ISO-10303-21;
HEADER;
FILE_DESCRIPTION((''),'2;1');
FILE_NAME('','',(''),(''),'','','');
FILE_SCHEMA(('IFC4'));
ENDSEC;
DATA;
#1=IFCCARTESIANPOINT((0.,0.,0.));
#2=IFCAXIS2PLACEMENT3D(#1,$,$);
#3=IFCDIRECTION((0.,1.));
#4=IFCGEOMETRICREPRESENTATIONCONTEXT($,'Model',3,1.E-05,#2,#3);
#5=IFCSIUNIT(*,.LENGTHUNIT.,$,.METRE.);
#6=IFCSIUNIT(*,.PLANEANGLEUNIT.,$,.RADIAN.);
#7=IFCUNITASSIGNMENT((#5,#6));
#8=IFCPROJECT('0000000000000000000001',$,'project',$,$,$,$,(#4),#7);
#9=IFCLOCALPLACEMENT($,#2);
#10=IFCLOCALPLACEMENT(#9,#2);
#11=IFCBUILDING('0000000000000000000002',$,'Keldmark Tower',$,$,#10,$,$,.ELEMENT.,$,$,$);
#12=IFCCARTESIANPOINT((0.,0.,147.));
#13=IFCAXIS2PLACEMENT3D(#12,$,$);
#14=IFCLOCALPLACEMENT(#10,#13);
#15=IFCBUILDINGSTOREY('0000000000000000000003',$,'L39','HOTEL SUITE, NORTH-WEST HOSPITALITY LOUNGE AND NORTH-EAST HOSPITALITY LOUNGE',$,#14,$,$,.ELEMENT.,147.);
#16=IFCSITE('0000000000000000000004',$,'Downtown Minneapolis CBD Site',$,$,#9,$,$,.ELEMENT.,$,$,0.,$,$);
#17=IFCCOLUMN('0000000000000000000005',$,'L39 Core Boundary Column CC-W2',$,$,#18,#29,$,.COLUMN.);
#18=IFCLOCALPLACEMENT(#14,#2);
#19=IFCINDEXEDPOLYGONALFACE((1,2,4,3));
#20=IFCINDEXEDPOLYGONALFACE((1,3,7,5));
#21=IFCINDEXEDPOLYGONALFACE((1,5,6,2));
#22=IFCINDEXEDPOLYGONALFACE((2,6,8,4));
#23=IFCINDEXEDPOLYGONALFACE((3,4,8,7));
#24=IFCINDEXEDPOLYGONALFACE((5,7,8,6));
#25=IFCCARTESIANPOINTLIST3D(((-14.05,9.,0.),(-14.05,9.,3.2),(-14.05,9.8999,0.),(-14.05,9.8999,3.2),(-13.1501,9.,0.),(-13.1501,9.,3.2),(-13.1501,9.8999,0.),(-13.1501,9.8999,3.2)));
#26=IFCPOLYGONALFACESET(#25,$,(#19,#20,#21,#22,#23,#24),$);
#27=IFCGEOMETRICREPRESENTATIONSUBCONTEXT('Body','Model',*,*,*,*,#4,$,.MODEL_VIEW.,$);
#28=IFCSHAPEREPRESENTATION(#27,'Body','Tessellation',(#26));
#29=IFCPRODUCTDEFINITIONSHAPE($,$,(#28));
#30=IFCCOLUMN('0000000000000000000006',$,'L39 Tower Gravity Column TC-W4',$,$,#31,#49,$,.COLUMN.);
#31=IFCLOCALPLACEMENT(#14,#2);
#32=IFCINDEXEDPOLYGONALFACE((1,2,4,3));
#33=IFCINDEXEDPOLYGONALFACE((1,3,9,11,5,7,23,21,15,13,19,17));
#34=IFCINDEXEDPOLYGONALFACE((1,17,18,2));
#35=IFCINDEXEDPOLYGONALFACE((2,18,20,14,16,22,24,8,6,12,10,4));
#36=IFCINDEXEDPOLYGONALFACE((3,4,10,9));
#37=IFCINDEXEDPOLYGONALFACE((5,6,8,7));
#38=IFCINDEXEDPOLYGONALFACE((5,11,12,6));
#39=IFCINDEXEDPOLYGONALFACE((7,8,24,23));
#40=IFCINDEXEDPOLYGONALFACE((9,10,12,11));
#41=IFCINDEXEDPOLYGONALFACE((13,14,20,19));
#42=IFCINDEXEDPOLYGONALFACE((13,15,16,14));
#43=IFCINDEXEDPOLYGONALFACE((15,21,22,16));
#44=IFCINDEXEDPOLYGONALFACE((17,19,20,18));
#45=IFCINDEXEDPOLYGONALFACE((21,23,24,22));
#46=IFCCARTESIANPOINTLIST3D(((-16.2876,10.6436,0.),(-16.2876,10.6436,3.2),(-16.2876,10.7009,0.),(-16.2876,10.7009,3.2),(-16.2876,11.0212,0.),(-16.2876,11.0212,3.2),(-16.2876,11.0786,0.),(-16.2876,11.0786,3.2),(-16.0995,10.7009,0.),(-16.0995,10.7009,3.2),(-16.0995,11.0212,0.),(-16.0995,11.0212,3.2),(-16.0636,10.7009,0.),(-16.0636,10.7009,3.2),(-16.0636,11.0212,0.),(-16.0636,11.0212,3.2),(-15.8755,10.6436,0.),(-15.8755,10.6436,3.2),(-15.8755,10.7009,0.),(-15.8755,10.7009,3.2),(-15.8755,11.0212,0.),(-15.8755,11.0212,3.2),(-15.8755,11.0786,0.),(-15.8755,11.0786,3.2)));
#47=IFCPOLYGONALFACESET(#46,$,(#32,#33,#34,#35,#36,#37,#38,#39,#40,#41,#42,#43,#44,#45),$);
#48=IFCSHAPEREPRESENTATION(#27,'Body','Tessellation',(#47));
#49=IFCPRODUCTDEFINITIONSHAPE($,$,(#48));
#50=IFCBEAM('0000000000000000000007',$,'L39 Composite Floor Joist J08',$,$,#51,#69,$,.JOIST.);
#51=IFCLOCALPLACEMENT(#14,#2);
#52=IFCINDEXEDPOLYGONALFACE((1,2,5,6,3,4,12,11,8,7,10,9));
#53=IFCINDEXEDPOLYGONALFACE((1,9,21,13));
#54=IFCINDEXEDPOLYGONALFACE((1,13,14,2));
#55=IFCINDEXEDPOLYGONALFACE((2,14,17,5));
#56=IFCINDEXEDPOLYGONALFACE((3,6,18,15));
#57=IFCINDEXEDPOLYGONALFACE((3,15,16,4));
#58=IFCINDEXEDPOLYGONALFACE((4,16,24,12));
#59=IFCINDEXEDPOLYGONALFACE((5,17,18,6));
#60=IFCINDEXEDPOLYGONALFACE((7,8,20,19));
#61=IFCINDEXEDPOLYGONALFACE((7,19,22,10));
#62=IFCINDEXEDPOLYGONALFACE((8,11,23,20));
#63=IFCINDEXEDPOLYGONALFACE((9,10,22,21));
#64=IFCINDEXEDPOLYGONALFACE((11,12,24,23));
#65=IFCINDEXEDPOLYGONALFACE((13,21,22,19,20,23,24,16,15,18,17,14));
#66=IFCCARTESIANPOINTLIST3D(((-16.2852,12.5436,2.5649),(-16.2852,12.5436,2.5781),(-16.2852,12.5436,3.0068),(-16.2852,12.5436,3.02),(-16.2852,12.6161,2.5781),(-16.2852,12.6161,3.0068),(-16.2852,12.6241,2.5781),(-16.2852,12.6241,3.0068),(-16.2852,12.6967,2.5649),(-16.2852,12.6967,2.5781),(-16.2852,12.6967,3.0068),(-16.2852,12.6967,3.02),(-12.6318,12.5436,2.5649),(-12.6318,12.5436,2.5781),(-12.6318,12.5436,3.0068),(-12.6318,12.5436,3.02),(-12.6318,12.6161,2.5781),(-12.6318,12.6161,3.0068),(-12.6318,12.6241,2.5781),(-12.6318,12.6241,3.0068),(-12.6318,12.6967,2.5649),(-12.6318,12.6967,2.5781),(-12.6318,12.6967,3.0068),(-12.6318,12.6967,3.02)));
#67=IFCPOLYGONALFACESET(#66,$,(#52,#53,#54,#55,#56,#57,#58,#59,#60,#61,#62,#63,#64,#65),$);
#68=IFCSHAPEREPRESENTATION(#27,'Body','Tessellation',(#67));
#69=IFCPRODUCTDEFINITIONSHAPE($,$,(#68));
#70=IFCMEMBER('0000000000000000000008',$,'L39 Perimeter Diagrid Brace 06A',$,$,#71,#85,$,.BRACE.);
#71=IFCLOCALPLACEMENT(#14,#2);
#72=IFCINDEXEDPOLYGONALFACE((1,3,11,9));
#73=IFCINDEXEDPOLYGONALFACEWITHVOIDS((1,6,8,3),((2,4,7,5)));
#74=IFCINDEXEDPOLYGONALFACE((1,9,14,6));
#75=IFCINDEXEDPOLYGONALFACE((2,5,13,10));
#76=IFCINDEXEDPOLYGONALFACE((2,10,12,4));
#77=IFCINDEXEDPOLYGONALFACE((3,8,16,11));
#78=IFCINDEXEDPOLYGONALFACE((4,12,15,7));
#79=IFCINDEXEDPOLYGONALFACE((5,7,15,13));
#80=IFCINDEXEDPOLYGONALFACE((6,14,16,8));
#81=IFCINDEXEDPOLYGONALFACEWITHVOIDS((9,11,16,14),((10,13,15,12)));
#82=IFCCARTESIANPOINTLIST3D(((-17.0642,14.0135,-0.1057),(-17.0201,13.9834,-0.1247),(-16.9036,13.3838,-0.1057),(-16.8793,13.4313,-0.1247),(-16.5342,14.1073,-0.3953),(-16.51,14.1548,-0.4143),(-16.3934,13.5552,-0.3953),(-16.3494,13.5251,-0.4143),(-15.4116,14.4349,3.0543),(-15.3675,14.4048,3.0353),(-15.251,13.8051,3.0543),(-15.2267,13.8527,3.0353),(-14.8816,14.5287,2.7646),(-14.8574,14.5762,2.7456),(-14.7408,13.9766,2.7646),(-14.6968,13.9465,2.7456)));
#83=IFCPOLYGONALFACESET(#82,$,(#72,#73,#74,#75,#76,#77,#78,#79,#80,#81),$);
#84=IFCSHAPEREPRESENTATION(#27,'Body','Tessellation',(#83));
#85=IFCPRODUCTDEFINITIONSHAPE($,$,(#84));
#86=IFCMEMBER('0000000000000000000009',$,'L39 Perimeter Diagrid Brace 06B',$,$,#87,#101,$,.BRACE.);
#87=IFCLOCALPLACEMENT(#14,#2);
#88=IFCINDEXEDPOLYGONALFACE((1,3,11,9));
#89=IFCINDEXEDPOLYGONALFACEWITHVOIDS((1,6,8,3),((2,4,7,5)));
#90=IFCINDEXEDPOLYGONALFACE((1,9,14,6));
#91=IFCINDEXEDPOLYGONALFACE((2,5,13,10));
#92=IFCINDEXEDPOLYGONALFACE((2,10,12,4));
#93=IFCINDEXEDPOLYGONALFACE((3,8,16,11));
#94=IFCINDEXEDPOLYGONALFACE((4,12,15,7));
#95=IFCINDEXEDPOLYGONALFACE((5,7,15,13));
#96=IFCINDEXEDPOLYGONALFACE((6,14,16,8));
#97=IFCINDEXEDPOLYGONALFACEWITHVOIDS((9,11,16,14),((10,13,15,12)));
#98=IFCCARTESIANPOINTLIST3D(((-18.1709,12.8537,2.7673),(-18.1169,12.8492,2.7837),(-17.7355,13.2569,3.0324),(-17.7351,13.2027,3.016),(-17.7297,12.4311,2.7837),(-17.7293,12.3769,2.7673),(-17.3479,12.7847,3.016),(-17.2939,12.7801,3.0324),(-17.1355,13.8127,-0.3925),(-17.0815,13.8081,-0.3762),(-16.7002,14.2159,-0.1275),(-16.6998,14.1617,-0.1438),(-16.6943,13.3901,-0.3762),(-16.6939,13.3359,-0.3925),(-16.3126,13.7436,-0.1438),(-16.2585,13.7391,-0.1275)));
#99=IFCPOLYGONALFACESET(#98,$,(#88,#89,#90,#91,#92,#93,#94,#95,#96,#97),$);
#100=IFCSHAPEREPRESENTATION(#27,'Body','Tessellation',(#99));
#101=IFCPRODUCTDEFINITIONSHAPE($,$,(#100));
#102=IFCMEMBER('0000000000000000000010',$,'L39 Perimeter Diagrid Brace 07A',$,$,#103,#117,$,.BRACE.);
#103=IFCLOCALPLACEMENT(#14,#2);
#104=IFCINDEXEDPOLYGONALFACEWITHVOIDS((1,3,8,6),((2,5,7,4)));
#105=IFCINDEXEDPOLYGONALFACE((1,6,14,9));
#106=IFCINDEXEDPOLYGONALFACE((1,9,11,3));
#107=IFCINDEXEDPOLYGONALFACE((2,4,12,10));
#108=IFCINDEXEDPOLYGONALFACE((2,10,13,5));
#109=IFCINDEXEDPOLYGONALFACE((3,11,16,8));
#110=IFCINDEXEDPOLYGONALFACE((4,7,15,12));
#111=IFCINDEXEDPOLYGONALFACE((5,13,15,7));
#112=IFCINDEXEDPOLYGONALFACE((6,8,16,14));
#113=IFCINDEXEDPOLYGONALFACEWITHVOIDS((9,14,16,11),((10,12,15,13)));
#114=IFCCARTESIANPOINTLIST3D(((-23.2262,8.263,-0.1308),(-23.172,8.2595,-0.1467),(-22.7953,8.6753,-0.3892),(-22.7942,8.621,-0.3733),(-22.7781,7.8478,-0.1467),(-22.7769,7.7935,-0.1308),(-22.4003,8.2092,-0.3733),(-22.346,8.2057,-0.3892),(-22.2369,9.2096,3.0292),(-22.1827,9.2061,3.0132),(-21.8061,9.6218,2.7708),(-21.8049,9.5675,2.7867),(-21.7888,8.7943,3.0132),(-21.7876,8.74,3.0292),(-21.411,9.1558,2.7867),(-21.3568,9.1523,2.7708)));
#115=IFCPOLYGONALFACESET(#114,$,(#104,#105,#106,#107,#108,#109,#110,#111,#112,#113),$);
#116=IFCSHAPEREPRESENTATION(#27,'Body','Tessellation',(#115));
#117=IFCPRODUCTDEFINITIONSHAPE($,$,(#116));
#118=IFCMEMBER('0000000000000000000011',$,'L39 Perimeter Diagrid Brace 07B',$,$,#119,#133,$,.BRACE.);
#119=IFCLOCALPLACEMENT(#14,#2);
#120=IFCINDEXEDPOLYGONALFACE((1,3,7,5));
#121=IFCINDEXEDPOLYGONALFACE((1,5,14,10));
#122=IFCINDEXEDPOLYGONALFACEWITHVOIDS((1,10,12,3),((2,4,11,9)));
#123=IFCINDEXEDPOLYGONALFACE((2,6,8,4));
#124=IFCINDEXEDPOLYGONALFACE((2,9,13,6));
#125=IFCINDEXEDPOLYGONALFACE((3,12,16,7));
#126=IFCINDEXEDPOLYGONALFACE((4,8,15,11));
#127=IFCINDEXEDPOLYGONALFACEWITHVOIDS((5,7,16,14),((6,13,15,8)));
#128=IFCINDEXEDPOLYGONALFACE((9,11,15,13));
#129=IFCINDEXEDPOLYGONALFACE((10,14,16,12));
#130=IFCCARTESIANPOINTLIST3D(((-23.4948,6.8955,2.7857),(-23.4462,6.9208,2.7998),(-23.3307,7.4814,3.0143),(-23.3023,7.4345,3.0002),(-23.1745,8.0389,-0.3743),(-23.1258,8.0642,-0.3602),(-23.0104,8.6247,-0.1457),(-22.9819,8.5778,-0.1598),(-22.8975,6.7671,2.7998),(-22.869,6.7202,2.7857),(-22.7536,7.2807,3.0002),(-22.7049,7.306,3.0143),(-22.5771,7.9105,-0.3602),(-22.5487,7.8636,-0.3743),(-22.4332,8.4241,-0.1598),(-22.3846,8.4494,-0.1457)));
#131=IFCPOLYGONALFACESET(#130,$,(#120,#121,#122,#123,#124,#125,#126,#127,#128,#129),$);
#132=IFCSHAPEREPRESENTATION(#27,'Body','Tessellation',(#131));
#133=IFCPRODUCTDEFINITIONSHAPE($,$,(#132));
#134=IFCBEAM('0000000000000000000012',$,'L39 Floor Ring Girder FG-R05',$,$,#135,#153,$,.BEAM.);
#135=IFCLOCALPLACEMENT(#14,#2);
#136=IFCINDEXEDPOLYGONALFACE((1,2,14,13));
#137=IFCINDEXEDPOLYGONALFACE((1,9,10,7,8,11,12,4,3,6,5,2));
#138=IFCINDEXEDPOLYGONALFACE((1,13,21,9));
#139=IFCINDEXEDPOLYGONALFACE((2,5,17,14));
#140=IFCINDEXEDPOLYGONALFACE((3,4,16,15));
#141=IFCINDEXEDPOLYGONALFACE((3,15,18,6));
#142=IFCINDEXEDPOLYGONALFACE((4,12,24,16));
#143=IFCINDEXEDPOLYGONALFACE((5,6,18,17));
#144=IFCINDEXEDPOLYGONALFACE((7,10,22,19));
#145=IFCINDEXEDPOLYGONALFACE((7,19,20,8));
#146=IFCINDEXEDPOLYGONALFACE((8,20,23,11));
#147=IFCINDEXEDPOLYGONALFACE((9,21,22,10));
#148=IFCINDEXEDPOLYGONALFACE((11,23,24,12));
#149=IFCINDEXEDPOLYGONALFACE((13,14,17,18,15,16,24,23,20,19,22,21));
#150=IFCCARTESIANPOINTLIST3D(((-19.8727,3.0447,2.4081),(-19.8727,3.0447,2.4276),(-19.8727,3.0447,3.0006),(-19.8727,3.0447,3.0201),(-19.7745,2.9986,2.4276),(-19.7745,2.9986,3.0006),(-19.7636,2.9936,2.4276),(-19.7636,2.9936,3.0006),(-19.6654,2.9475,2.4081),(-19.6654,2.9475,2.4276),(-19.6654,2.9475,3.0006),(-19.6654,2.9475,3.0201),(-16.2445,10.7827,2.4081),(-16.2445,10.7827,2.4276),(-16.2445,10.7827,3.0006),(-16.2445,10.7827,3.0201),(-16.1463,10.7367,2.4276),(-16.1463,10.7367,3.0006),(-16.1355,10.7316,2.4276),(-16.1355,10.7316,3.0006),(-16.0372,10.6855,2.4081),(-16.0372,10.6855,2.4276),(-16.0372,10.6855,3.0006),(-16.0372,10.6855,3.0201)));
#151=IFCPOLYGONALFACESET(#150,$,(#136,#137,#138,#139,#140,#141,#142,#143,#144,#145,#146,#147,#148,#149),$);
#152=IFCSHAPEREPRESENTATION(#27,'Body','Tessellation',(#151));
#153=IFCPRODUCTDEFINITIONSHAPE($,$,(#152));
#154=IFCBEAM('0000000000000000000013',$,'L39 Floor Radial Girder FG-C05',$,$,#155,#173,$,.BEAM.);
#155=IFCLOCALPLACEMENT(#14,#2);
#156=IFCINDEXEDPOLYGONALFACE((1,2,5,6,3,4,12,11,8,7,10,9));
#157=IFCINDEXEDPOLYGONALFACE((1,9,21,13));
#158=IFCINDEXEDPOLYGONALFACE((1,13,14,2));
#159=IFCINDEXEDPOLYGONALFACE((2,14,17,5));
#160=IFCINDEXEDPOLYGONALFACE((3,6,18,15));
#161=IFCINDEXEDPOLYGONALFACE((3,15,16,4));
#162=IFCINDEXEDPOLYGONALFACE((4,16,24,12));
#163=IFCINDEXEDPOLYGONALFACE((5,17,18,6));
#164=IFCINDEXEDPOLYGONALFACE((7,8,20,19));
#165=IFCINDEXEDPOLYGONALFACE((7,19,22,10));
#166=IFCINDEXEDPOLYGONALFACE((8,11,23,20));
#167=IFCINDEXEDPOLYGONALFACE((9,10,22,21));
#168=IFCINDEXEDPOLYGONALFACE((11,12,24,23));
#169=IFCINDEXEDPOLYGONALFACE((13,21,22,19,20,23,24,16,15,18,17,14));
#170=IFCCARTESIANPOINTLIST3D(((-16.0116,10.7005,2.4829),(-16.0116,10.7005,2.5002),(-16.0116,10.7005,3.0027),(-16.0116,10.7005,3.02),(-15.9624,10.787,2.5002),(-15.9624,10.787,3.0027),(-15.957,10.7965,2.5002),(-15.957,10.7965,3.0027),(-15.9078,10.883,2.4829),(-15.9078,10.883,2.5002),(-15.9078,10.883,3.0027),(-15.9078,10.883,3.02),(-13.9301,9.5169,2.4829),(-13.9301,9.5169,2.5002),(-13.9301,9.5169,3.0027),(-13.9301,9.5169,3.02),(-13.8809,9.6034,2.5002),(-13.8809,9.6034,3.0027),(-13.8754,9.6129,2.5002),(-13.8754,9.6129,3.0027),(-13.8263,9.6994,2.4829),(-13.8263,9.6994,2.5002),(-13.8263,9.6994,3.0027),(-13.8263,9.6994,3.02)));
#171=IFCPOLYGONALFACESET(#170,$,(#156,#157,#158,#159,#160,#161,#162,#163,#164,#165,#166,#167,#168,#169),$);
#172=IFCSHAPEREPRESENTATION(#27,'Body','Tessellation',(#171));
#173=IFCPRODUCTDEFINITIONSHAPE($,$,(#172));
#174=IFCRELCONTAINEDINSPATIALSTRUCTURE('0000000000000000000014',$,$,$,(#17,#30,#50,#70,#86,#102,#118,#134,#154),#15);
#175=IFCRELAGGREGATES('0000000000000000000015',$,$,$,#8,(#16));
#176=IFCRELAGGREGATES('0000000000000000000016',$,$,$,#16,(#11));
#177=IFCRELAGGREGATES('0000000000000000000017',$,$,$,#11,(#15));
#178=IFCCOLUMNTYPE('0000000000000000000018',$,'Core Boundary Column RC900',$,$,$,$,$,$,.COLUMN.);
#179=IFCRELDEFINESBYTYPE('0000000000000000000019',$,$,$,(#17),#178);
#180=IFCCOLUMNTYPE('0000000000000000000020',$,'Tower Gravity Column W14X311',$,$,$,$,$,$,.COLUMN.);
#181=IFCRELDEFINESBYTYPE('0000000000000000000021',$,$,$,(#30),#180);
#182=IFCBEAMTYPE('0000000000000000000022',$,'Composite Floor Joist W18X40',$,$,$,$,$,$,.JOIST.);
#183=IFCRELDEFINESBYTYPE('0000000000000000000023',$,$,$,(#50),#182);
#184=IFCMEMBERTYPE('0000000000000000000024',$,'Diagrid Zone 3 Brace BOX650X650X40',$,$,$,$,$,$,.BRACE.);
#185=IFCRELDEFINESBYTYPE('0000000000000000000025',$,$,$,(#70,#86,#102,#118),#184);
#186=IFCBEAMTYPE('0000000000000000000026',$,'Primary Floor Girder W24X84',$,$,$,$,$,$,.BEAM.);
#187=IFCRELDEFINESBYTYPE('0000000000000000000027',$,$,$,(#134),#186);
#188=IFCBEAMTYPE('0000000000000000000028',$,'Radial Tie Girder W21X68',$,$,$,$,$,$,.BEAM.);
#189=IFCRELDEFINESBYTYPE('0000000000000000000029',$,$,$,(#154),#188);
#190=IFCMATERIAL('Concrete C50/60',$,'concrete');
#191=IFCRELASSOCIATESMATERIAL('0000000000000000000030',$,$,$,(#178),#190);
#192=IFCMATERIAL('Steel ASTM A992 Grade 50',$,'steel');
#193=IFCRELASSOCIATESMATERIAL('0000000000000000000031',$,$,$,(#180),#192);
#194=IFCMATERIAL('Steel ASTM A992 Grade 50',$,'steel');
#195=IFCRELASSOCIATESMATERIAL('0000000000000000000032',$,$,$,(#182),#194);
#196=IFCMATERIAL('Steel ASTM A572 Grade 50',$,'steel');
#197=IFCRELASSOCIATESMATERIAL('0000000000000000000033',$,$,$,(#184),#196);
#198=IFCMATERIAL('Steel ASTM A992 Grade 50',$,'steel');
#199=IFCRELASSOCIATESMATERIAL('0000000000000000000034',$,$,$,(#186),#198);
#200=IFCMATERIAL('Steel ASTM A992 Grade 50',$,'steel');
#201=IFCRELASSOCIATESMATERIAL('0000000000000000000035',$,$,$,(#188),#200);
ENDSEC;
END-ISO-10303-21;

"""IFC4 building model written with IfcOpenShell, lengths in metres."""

from ifc_helpers import new_model, si_unit, direction, frame, origin, origin_2d, place, context, subcontext, project, spatial, rectangle, hollow_rectangle, i_section, extrude, material, material_profile, profile_set, type_object, element, save


model = new_model("IFC4")

# Units and contexts
model_context = context("Model", 3, precision=1e-05, world=origin(), true_north=direction((0.0, 1.0)))
body_context = subcontext(model_context, "Body", "Model", "MODEL_VIEW")
ifc_project = project(units=[si_unit("LENGTHUNIT", "METRE"), si_unit("PLANEANGLEUNIT", "RADIAN")], contexts=[model_context])

# Site, building, storey
site_placement = place(None, origin())
site = spatial("IfcSite", under=ifc_project, at=site_placement, Name="Downtown Minneapolis CBD Site", CompositionType="ELEMENT", RefElevation=0.0)
building_placement = place(site_placement, origin())
building = spatial("IfcBuilding", under=site, at=building_placement, Name="Keldmark Tower", CompositionType="ELEMENT")
storey_placement = place(building_placement, frame((0.0, 0.0, 147.0)))
storey = spatial("IfcBuildingStorey", under=building, at=storey_placement, Name="L39", Description="HOTEL SUITE, NORTH-WEST HOSPITALITY LOUNGE AND NORTH-EAST HOSPITALITY LOUNGE", CompositionType="ELEMENT", Elevation=147.0)

# Columns
ifc_material_1 = material(Name="Concrete C50/60", Category="concrete")
ifc_material_profile_1 = material_profile(ifc_material_1, rectangle(XDim=0.8999, YDim=0.8999, at=origin_2d()), Name="RC900X900")
ifc_profile_set_1 = profile_set([ifc_material_profile_1], Name="Concrete C50/60")
column_type_1 = type_object("IfcColumnType", Name="Core Boundary Column RC900", PredefinedType="COLUMN", material=ifc_profile_set_1)
column_1_placement = place(storey_placement, frame((-13.6001, 9.45, 0.0), z_axis=(0.0, 0.0, 1.0), x_axis=(1.0, 0.0, 0.0)))
element("IfcColumn", 1, at=column_1_placement, inside=storey, type_object=column_type_1, Name="L39 Core Boundary Column CC-W2", PredefinedType="COLUMN", context=body_context, shape_type="SweptSolid", body=[
    extrude(rectangle(XDim=0.8999, YDim=0.8999, at=origin_2d()), origin(), (0.0, 0.0, 1.0), 3.2),
])
ifc_material_2 = material(Name="Steel ASTM A992 Grade 50", Category="steel")
ifc_material_profile_2 = material_profile(ifc_material_2, i_section(OverallWidth=0.4121, OverallDepth=0.4351, WebThickness=0.0359, FlangeThickness=0.0574, at=origin_2d()), Name="W14X311")
ifc_profile_set_2 = profile_set([ifc_material_profile_2], Name="Steel ASTM A992 Grade 50")
column_type_2 = type_object("IfcColumnType", Name="Tower Gravity Column W14X311", PredefinedType="COLUMN", material=ifc_profile_set_2)
column_2_placement = place(storey_placement, frame((-16.0815, 10.8611, 0.0), z_axis=(0.0, 0.0, 1.0), x_axis=(1.0, 0.0, 0.0)))
element("IfcColumn", 2, at=column_2_placement, inside=storey, type_object=column_type_2, Name="L39 Tower Gravity Column TC-W4", PredefinedType="COLUMN", context=body_context, shape_type="SweptSolid", body=[
    extrude(i_section(OverallWidth=0.4121, OverallDepth=0.4351, WebThickness=0.0359, FlangeThickness=0.0574, at=origin_2d()), origin(), (0.0, 0.0, 1.0), 3.2),
])

# Beam
ifc_material_3 = material(Name="Steel ASTM A992 Grade 50", Category="steel")
ifc_material_profile_3 = material_profile(ifc_material_3, i_section(OverallWidth=0.1531, OverallDepth=0.4551, WebThickness=0.0081, FlangeThickness=0.0132, at=origin_2d()), Name="W18X40")
ifc_profile_set_3 = profile_set([ifc_material_profile_3], Name="Steel ASTM A992 Grade 50")
beam_type_1 = type_object("IfcBeamType", Name="Composite Floor Joist W18X40", PredefinedType="JOIST", material=ifc_profile_set_3)
beam_1_placement = place(storey_placement, frame((-16.2852, 12.6201, 2.7925), z_axis=(1.0, 0.0, 0.0), x_axis=(0.0, 1.0, 0.0)))
element("IfcBeam", 3, at=beam_1_placement, inside=storey, type_object=beam_type_1, Name="L39 Composite Floor Joist J08", PredefinedType="JOIST", context=body_context, shape_type="SweptSolid", body=[
    extrude(i_section(OverallWidth=0.1531, OverallDepth=0.4551, WebThickness=0.0081, FlangeThickness=0.0132, at=origin_2d()), origin(), (0.0, 0.0, 1.0), 3.6533),
])

# Members
ifc_material_4 = material(Name="Steel ASTM A572 Grade 50", Category="steel")
ifc_material_profile_4 = material_profile(ifc_material_4, hollow_rectangle(XDim=0.6499, YDim=0.6499, WallThickness=0.04, at=origin_2d()), Name="BOX650X650X40")
ifc_profile_set_4 = profile_set([ifc_material_profile_4], Name="Steel ASTM A572 Grade 50")
member_type = type_object("IfcMemberType", Name="Diagrid Zone 3 Brace BOX650X650X40", PredefinedType="BRACE", material=ifc_profile_set_4)
member_1_placement = place(storey_placement, frame((-16.7068, 13.7693, -0.26), z_axis=(0.460232, 0.117353, 0.880009), x_axis=(-0.24708, 0.968995, 0.0)))
element("IfcMember", 4, at=member_1_placement, inside=storey, type_object=member_type, Name="L39 Perimeter Diagrid Brace 06A", PredefinedType="BRACE", context=body_context, shape_type="SweptSolid", body=[
    extrude(hollow_rectangle(XDim=0.6499, YDim=0.6499, WallThickness=0.04, at=origin_2d()), origin(), (0.0, 0.0, 1.0), 3.5908),
])
member_2_placement = place(storey_placement, frame((-16.697, 13.7759, -0.26), z_axis=(-0.299184, -0.277104, 0.913073), x_axis=(0.679515, -0.733662, 0.0)))
element("IfcMember", 5, at=member_2_placement, inside=storey, type_object=member_type, Name="L39 Perimeter Diagrid Brace 06B", PredefinedType="BRACE", context=body_context, shape_type="SweptSolid", body=[
    extrude(hollow_rectangle(XDim=0.6499, YDim=0.6499, WallThickness=0.04, at=origin_2d()), origin(), (0.0, 0.0, 1.0), 3.4607),
])
member_3_placement = place(storey_placement, frame((-22.7861, 8.2344, -0.26), z_axis=(0.28726, 0.274853, 0.917572), x_axis=(-0.691332, 0.722537, 0.0)))
element("IfcMember", 6, at=member_3_placement, inside=storey, type_object=member_type, Name="L39 Perimeter Diagrid Brace 07A", PredefinedType="BRACE", context=body_context, shape_type="SweptSolid", body=[
    extrude(hollow_rectangle(XDim=0.6499, YDim=0.6499, WallThickness=0.04, at=origin_2d()), origin(), (0.0, 0.0, 1.0), 3.4438),
])
member_4_placement = place(storey_placement, frame((-22.7795, 8.2441, -0.26), z_axis=(-0.09489, -0.338697, 0.936099), x_axis=(0.962923, -0.269775, 0.0)))
element("IfcMember", 7, at=member_4_placement, inside=storey, type_object=member_type, Name="L39 Perimeter Diagrid Brace 07B", PredefinedType="BRACE", context=body_context, shape_type="SweptSolid", body=[
    extrude(hollow_rectangle(XDim=0.6499, YDim=0.6499, WallThickness=0.04, at=origin_2d()), origin(), (0.0, 0.0, 1.0), 3.3757),
])

# Beams
ifc_material_5 = material(Name="Steel ASTM A992 Grade 50", Category="steel")
ifc_material_profile_5 = material_profile(ifc_material_5, i_section(OverallWidth=0.229, OverallDepth=0.6121, WebThickness=0.012, FlangeThickness=0.0195, at=origin_2d()), Name="W24X84")
ifc_profile_set_5 = profile_set([ifc_material_profile_5], Name="Steel ASTM A992 Grade 50")
beam_type_2 = type_object("IfcBeamType", Name="Primary Floor Girder W24X84", PredefinedType="BEAM", material=ifc_profile_set_5)
beam_2_placement = place(storey_placement, frame((-16.1409, 10.7341, 2.7141), z_axis=(-0.424527, -0.905415, 0.0), x_axis=(0.905415, -0.424527, 0.0)))
element("IfcBeam", 8, at=beam_2_placement, inside=storey, type_object=beam_type_2, Name="L39 Floor Ring Girder FG-R05", PredefinedType="BEAM", context=body_context, shape_type="SweptSolid", body=[
    extrude(i_section(OverallWidth=0.229, OverallDepth=0.6121, WebThickness=0.012, FlangeThickness=0.0195, at=origin_2d()), origin(), (0.0, 0.0, 1.0), 8.5464),
])
ifc_material_6 = material(Name="Steel ASTM A992 Grade 50", Category="steel")
ifc_material_profile_6 = material_profile(ifc_material_6, i_section(OverallWidth=0.21, OverallDepth=0.5371, WebThickness=0.011, FlangeThickness=0.0173, at=origin_2d()), Name="W21X68")
ifc_profile_set_6 = profile_set([ifc_material_profile_6], Name="Steel ASTM A992 Grade 50")
beam_type_3 = type_object("IfcBeamType", Name="Radial Tie Girder W21X68", PredefinedType="BEAM", material=ifc_profile_set_6)
beam_3_placement = place(storey_placement, frame((-15.9597, 10.7917, 2.7515), z_axis=(0.869295, -0.494293, 0.0), x_axis=(0.494293, 0.869295, 0.0)))
element("IfcBeam", 9, at=beam_3_placement, inside=storey, type_object=beam_type_3, Name="L39 Floor Radial Girder FG-C05", PredefinedType="BEAM", context=body_context, shape_type="SweptSolid", body=[
    extrude(i_section(OverallWidth=0.21, OverallDepth=0.5371, WebThickness=0.011, FlangeThickness=0.0173, at=origin_2d()), origin(), (0.0, 0.0, 1.0), 2.3945),
])

save(model, "model.ifc")
